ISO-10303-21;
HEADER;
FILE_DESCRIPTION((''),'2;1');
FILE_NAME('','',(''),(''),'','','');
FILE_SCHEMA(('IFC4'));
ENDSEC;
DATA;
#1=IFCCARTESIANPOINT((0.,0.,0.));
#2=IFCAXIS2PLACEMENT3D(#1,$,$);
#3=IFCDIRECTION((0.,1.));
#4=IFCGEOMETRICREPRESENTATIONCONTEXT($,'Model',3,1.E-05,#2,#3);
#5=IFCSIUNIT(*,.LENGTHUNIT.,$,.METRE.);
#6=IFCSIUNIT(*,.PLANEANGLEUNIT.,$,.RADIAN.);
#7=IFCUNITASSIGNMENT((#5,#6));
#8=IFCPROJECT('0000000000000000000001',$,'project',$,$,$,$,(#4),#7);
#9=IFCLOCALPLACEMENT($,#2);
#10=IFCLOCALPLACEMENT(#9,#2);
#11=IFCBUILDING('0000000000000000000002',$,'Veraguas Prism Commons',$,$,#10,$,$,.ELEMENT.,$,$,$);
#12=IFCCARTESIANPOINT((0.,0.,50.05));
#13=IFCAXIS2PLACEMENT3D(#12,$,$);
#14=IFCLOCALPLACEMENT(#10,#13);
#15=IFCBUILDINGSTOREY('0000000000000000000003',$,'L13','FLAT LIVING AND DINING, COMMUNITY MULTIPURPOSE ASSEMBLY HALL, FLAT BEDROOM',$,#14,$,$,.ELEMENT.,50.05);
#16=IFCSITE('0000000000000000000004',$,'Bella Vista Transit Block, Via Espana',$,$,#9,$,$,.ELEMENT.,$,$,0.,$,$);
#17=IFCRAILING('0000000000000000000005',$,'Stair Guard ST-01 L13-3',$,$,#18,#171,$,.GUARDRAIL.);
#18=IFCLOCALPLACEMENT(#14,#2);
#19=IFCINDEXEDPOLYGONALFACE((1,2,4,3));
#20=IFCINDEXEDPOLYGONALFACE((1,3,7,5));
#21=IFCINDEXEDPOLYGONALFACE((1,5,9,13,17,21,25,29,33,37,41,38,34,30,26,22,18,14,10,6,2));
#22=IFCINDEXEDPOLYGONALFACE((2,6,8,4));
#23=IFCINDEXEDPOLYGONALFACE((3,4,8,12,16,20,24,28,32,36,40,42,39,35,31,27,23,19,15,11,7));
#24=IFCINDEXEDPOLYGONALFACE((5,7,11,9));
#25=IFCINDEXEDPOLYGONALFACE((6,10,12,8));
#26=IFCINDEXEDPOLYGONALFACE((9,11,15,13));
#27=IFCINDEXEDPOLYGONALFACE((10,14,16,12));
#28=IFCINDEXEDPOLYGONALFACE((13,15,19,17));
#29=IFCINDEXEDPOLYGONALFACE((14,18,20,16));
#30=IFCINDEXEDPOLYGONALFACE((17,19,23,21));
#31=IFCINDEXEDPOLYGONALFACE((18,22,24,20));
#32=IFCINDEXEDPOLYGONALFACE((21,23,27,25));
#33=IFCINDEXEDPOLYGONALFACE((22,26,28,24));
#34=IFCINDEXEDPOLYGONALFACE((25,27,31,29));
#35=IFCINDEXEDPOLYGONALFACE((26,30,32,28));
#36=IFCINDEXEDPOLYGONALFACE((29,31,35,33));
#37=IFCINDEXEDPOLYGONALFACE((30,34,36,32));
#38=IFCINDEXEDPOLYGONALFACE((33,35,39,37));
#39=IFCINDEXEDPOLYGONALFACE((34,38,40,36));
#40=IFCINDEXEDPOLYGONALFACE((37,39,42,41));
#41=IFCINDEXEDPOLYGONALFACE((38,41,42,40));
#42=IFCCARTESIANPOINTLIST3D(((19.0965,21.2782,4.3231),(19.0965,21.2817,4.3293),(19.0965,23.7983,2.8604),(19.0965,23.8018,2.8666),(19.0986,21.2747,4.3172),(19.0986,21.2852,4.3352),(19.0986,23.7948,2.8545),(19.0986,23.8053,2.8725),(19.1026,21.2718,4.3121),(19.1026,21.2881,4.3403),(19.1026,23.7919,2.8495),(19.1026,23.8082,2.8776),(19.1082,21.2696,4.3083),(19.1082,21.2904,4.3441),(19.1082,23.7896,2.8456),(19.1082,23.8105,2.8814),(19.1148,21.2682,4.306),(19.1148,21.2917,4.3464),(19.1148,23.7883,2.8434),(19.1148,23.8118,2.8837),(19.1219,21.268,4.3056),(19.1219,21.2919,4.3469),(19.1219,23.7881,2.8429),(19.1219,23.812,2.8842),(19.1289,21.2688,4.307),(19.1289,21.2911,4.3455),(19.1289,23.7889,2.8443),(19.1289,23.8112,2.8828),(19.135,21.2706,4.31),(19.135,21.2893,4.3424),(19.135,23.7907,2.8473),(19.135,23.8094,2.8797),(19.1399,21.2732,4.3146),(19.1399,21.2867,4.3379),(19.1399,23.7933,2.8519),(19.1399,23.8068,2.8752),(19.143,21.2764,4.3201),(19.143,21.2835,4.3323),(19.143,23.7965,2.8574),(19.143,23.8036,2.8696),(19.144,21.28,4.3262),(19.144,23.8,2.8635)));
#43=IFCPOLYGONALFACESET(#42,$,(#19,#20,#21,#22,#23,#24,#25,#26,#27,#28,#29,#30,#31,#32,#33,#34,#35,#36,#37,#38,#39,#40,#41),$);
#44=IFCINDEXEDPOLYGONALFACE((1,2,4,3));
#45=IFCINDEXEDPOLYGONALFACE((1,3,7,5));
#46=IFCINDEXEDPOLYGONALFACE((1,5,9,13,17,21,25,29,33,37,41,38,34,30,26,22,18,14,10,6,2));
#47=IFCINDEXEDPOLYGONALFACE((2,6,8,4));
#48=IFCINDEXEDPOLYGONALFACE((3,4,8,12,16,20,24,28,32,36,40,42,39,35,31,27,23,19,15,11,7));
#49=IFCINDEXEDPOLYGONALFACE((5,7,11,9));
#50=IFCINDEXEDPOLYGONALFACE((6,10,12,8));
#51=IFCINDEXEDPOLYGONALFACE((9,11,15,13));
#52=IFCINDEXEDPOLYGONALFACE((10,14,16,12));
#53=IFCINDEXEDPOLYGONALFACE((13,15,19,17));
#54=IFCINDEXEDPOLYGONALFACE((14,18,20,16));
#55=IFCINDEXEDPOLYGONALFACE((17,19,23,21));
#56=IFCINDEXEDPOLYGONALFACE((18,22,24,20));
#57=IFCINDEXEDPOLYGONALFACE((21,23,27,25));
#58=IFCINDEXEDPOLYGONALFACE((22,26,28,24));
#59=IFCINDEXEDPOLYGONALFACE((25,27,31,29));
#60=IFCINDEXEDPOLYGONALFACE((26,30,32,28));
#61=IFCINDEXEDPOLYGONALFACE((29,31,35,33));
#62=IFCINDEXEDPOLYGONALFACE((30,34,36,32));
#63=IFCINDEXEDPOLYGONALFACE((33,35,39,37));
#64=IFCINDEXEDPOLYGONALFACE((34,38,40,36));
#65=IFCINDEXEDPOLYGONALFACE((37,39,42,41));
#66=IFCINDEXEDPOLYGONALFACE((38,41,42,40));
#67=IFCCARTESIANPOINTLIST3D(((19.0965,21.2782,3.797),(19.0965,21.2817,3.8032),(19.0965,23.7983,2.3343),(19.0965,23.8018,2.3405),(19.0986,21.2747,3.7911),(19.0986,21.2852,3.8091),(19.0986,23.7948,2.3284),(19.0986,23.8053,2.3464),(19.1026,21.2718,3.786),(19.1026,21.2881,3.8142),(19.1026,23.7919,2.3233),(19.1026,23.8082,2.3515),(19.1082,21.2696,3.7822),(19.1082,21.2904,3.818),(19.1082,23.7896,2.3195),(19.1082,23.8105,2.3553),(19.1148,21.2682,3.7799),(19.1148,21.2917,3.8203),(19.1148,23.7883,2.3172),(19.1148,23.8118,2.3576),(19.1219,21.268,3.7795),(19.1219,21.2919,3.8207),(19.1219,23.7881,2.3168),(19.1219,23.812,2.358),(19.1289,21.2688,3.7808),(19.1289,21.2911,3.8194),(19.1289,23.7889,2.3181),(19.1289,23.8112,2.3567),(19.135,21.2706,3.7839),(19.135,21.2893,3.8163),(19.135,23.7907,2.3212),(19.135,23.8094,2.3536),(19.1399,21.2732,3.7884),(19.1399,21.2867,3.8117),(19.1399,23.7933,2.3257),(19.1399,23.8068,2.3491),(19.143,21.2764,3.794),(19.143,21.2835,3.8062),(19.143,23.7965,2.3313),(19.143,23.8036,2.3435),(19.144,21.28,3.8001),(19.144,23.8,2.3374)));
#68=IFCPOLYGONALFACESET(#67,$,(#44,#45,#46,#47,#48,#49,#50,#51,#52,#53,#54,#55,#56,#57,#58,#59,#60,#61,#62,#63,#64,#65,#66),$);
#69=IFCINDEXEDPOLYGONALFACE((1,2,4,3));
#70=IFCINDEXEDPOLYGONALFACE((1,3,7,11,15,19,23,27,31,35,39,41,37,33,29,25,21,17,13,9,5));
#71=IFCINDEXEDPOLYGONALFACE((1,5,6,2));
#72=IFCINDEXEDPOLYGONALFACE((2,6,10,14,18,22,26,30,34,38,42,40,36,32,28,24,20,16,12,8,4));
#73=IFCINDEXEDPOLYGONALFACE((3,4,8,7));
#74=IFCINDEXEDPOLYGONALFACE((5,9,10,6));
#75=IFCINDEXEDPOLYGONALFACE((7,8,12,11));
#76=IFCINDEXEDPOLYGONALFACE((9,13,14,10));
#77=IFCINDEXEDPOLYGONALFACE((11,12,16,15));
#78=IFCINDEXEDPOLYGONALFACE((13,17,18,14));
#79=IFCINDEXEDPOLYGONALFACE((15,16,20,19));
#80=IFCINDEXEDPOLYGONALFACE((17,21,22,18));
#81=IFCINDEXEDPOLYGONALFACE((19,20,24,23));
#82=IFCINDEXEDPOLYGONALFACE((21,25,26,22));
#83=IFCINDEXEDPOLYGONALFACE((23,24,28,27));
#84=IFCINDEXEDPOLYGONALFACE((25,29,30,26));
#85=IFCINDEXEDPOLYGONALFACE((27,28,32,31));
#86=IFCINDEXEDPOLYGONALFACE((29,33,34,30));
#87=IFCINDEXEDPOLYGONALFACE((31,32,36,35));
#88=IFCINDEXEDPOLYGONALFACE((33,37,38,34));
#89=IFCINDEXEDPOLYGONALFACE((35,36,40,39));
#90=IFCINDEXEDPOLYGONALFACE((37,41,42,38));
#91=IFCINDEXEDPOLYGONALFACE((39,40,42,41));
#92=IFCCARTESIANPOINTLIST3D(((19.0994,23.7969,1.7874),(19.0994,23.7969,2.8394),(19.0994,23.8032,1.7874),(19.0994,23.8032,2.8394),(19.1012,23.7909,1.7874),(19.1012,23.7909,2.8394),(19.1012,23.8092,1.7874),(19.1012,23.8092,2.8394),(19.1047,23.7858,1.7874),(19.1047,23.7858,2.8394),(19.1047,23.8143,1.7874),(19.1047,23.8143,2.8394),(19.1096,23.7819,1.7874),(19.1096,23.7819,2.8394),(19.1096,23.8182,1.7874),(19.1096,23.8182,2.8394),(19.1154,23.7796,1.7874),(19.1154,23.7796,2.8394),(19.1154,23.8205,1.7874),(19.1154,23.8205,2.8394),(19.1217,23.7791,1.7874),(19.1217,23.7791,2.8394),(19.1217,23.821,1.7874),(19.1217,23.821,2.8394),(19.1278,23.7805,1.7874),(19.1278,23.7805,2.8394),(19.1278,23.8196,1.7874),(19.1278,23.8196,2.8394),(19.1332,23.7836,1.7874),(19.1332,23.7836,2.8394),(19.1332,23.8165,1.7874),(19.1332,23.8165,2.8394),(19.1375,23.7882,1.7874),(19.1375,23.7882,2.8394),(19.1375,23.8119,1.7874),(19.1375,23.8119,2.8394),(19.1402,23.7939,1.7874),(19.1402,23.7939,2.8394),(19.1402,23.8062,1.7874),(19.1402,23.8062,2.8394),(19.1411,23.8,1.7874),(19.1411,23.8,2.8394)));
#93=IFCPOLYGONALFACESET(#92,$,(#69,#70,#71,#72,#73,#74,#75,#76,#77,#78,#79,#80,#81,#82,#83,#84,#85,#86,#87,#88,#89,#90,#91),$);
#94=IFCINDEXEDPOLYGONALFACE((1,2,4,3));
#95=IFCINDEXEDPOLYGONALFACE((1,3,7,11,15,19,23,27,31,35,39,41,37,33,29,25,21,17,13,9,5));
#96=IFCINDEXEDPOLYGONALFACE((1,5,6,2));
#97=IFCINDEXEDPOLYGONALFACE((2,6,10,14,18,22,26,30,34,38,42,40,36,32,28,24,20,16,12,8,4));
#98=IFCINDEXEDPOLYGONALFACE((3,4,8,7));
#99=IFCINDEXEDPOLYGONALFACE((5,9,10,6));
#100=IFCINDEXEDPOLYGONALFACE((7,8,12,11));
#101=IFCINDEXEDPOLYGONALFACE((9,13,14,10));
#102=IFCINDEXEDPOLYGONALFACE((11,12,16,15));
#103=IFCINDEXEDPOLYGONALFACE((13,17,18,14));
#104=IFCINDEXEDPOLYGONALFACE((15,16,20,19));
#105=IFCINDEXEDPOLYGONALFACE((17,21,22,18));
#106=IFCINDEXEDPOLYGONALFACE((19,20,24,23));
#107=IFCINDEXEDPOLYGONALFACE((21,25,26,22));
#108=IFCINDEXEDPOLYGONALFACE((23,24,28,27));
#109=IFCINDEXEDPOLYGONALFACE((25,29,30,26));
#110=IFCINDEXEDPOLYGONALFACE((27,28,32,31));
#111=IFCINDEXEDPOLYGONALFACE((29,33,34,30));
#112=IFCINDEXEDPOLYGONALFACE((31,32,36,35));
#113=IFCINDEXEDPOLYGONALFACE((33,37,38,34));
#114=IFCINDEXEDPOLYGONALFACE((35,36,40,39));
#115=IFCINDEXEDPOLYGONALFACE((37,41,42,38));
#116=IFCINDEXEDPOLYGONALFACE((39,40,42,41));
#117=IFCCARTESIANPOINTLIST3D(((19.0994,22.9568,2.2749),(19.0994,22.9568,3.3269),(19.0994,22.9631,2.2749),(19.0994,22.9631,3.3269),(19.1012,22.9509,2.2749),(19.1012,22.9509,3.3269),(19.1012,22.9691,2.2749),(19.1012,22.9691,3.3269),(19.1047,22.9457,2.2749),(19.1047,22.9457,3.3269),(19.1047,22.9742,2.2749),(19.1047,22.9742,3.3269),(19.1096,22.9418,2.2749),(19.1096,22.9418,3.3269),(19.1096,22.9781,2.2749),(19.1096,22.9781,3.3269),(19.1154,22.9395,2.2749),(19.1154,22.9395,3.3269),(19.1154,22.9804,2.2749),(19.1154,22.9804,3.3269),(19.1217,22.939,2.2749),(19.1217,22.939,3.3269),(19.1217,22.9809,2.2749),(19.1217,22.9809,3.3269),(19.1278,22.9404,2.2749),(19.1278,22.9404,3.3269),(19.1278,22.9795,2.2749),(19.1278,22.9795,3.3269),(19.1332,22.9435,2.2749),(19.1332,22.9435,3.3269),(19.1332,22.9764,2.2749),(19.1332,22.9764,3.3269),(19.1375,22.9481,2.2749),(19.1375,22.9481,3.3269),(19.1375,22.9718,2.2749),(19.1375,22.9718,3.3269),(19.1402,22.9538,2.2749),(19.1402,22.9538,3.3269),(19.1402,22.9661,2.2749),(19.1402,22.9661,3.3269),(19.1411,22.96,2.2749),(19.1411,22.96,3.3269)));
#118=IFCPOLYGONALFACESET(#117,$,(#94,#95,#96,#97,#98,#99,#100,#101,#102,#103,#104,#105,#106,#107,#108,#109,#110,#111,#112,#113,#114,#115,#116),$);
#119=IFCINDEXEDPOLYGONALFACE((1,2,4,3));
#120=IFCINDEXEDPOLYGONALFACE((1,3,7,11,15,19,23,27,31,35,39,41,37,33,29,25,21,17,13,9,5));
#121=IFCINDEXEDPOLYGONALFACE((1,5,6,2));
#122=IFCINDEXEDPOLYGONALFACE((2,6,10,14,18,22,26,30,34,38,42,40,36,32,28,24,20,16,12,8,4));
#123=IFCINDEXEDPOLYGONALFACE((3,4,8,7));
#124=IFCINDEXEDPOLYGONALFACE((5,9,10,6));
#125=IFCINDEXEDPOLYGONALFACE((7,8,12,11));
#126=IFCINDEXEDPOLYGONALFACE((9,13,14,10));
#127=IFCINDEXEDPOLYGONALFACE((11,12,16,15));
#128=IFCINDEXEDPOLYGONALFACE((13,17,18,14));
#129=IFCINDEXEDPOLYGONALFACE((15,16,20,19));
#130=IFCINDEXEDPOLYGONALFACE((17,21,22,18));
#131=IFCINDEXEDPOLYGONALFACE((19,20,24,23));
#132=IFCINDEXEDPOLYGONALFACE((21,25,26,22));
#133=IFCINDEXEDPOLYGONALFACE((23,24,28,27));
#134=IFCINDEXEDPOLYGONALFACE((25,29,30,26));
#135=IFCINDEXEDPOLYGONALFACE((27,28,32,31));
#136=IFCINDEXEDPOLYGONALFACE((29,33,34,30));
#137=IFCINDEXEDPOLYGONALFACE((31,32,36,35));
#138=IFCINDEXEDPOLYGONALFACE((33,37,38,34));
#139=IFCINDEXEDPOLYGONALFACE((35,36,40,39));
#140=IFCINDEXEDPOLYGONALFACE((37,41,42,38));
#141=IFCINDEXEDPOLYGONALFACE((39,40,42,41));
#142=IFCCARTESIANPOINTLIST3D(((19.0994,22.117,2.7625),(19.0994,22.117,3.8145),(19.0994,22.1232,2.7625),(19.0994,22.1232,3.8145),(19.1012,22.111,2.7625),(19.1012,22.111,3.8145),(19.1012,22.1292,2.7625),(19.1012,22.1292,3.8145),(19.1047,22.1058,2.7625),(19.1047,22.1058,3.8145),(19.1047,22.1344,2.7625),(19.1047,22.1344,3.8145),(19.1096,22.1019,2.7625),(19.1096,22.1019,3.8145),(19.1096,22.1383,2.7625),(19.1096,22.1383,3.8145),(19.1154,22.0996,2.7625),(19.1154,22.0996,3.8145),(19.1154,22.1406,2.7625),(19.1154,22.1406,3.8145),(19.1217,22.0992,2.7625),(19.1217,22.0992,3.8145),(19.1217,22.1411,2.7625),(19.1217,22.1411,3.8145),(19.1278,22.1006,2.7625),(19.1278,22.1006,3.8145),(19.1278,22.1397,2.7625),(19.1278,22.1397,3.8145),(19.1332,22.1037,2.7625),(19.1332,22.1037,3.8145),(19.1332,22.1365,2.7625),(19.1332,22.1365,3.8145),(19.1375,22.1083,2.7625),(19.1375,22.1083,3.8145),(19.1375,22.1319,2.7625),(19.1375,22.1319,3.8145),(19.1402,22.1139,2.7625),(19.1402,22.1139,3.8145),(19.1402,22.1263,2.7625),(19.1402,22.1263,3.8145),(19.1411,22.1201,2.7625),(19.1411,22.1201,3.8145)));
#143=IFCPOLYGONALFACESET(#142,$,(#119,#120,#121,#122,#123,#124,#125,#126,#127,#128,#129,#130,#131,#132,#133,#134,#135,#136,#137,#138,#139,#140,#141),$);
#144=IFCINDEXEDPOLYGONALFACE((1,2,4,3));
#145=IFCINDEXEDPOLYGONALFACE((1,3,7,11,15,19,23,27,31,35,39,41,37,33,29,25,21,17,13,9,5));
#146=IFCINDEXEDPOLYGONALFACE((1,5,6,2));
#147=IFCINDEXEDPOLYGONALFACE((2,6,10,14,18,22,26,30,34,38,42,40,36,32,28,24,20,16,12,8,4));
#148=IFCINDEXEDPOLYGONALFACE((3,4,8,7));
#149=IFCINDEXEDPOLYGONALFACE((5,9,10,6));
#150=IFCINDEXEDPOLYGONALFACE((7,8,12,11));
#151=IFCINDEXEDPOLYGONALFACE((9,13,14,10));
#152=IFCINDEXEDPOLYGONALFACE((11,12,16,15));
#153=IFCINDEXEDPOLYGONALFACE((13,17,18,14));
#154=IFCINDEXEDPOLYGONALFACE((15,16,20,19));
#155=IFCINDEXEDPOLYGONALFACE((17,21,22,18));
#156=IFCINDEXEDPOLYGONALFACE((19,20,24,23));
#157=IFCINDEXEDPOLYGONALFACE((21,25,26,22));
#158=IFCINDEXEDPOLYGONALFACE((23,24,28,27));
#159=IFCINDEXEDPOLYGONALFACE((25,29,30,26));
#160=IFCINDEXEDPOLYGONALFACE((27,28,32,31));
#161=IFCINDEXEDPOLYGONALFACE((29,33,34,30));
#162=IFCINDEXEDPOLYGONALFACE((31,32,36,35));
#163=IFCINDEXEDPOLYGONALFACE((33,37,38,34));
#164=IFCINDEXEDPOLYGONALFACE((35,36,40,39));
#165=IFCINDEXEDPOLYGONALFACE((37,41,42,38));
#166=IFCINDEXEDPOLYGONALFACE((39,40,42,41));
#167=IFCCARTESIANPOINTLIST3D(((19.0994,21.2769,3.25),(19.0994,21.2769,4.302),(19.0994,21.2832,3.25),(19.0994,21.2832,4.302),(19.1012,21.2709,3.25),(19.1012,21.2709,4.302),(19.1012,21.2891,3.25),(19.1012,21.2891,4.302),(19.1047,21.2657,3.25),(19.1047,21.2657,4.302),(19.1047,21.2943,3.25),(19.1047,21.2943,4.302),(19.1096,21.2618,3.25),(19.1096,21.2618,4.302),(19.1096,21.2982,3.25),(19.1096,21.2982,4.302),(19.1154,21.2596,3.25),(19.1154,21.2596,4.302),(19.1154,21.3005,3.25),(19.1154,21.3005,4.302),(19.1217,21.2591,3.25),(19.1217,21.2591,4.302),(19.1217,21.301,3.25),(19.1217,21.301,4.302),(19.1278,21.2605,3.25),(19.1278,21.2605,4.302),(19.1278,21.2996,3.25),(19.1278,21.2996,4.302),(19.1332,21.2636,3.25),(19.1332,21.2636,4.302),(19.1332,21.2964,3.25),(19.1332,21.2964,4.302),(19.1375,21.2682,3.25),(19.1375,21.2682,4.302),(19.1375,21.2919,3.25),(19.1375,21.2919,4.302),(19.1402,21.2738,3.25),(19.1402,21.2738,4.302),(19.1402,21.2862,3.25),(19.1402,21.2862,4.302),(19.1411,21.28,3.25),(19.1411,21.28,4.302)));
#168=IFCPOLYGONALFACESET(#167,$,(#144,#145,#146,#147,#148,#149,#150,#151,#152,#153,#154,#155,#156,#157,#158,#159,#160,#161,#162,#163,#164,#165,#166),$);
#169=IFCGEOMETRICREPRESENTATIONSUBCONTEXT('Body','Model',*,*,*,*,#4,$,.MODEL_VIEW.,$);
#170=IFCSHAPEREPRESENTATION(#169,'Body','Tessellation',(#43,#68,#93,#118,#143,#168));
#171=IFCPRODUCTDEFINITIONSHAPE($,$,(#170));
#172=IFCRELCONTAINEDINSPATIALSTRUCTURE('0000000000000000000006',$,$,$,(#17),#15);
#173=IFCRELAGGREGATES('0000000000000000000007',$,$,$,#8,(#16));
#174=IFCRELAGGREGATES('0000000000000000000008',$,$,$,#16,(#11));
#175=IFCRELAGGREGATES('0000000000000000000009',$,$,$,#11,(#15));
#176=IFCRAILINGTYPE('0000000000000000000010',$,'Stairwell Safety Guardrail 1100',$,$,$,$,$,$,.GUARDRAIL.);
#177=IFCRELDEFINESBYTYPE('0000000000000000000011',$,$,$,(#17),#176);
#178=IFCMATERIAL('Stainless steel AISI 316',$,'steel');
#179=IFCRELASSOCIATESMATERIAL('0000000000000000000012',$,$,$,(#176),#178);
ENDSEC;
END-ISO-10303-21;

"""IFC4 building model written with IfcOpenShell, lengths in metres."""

from ifc_helpers import new_model, si_unit, direction, frame, origin, origin_2d, place, context, subcontext, project, spatial, circle, extrude, material, type_object, element, save


model = new_model("IFC4")

# Units and contexts
model_context = context("Model", 3, precision=1e-05, world=origin(), true_north=direction((0.0, 1.0)))
body_context = subcontext(model_context, "Body", "Model", "MODEL_VIEW")
ifc_project = project(units=[si_unit("LENGTHUNIT", "METRE"), si_unit("PLANEANGLEUNIT", "RADIAN")], contexts=[model_context])

# Site, building, storey
site_placement = place(None, origin())
site = spatial("IfcSite", under=ifc_project, at=site_placement, Name="Bella Vista Transit Block, Via Espana", CompositionType="ELEMENT", RefElevation=0.0)
building_placement = place(site_placement, origin())
building = spatial("IfcBuilding", under=site, at=building_placement, Name="Veraguas Prism Commons", CompositionType="ELEMENT")
storey_placement = place(building_placement, frame((0.0, 0.0, 50.05)))
storey = spatial("IfcBuildingStorey", under=building, at=storey_placement, Name="L13", Description="FLAT LIVING AND DINING, COMMUNITY MULTIPURPOSE ASSEMBLY HALL, FLAT BEDROOM", CompositionType="ELEMENT", Elevation=50.05)

# Railing
ifc_material_1 = material(Name="Stainless steel AISI 316", Category="steel")
railing_type_1 = type_object("IfcRailingType", Name="Stairwell Safety Guardrail 1100", PredefinedType="GUARDRAIL", material=ifc_material_1)
railing_1_placement = place(storey_placement, frame((19.1201, 23.8, 1.7874)))
element("IfcRailing", 1, at=railing_1_placement, inside=storey, type_object=railing_type_1, Name="Stair Guard ST-01 L13-3", PredefinedType="GUARDRAIL", context=body_context, shape_type="SweptSolid", body=[
    extrude(circle(Radius=0.0239, at=origin_2d()), frame((0.0, 0.0, 1.0762), z_axis=(0.0, -0.864877, 0.501984), x_axis=(1.0, 0.0, 0.0)), (0.0, 0.0, 1.0), 2.9138),
    extrude(circle(Radius=0.0239, at=origin_2d()), frame((0.0, 0.0, 0.55), z_axis=(0.0, -0.864877, 0.501984), x_axis=(1.0, 0.0, 0.0)), (0.0, 0.0, 1.0), 2.9138),
    extrude(circle(Radius=0.021, at=origin_2d()), origin(), (0.0, 0.0, 1.0), 1.052),
    extrude(circle(Radius=0.021, at=origin_2d()), frame((0.0, -0.8401, 0.4875)), (0.0, 0.0, 1.0), 1.052),
    extrude(circle(Radius=0.021, at=origin_2d()), frame((0.0, -1.6799, 0.9751)), (0.0, 0.0, 1.0), 1.052),
    extrude(circle(Radius=0.021, at=origin_2d()), frame((0.0, -2.52, 1.4626)), (0.0, 0.0, 1.0), 1.052),
])

save(model, "model.ifc")
